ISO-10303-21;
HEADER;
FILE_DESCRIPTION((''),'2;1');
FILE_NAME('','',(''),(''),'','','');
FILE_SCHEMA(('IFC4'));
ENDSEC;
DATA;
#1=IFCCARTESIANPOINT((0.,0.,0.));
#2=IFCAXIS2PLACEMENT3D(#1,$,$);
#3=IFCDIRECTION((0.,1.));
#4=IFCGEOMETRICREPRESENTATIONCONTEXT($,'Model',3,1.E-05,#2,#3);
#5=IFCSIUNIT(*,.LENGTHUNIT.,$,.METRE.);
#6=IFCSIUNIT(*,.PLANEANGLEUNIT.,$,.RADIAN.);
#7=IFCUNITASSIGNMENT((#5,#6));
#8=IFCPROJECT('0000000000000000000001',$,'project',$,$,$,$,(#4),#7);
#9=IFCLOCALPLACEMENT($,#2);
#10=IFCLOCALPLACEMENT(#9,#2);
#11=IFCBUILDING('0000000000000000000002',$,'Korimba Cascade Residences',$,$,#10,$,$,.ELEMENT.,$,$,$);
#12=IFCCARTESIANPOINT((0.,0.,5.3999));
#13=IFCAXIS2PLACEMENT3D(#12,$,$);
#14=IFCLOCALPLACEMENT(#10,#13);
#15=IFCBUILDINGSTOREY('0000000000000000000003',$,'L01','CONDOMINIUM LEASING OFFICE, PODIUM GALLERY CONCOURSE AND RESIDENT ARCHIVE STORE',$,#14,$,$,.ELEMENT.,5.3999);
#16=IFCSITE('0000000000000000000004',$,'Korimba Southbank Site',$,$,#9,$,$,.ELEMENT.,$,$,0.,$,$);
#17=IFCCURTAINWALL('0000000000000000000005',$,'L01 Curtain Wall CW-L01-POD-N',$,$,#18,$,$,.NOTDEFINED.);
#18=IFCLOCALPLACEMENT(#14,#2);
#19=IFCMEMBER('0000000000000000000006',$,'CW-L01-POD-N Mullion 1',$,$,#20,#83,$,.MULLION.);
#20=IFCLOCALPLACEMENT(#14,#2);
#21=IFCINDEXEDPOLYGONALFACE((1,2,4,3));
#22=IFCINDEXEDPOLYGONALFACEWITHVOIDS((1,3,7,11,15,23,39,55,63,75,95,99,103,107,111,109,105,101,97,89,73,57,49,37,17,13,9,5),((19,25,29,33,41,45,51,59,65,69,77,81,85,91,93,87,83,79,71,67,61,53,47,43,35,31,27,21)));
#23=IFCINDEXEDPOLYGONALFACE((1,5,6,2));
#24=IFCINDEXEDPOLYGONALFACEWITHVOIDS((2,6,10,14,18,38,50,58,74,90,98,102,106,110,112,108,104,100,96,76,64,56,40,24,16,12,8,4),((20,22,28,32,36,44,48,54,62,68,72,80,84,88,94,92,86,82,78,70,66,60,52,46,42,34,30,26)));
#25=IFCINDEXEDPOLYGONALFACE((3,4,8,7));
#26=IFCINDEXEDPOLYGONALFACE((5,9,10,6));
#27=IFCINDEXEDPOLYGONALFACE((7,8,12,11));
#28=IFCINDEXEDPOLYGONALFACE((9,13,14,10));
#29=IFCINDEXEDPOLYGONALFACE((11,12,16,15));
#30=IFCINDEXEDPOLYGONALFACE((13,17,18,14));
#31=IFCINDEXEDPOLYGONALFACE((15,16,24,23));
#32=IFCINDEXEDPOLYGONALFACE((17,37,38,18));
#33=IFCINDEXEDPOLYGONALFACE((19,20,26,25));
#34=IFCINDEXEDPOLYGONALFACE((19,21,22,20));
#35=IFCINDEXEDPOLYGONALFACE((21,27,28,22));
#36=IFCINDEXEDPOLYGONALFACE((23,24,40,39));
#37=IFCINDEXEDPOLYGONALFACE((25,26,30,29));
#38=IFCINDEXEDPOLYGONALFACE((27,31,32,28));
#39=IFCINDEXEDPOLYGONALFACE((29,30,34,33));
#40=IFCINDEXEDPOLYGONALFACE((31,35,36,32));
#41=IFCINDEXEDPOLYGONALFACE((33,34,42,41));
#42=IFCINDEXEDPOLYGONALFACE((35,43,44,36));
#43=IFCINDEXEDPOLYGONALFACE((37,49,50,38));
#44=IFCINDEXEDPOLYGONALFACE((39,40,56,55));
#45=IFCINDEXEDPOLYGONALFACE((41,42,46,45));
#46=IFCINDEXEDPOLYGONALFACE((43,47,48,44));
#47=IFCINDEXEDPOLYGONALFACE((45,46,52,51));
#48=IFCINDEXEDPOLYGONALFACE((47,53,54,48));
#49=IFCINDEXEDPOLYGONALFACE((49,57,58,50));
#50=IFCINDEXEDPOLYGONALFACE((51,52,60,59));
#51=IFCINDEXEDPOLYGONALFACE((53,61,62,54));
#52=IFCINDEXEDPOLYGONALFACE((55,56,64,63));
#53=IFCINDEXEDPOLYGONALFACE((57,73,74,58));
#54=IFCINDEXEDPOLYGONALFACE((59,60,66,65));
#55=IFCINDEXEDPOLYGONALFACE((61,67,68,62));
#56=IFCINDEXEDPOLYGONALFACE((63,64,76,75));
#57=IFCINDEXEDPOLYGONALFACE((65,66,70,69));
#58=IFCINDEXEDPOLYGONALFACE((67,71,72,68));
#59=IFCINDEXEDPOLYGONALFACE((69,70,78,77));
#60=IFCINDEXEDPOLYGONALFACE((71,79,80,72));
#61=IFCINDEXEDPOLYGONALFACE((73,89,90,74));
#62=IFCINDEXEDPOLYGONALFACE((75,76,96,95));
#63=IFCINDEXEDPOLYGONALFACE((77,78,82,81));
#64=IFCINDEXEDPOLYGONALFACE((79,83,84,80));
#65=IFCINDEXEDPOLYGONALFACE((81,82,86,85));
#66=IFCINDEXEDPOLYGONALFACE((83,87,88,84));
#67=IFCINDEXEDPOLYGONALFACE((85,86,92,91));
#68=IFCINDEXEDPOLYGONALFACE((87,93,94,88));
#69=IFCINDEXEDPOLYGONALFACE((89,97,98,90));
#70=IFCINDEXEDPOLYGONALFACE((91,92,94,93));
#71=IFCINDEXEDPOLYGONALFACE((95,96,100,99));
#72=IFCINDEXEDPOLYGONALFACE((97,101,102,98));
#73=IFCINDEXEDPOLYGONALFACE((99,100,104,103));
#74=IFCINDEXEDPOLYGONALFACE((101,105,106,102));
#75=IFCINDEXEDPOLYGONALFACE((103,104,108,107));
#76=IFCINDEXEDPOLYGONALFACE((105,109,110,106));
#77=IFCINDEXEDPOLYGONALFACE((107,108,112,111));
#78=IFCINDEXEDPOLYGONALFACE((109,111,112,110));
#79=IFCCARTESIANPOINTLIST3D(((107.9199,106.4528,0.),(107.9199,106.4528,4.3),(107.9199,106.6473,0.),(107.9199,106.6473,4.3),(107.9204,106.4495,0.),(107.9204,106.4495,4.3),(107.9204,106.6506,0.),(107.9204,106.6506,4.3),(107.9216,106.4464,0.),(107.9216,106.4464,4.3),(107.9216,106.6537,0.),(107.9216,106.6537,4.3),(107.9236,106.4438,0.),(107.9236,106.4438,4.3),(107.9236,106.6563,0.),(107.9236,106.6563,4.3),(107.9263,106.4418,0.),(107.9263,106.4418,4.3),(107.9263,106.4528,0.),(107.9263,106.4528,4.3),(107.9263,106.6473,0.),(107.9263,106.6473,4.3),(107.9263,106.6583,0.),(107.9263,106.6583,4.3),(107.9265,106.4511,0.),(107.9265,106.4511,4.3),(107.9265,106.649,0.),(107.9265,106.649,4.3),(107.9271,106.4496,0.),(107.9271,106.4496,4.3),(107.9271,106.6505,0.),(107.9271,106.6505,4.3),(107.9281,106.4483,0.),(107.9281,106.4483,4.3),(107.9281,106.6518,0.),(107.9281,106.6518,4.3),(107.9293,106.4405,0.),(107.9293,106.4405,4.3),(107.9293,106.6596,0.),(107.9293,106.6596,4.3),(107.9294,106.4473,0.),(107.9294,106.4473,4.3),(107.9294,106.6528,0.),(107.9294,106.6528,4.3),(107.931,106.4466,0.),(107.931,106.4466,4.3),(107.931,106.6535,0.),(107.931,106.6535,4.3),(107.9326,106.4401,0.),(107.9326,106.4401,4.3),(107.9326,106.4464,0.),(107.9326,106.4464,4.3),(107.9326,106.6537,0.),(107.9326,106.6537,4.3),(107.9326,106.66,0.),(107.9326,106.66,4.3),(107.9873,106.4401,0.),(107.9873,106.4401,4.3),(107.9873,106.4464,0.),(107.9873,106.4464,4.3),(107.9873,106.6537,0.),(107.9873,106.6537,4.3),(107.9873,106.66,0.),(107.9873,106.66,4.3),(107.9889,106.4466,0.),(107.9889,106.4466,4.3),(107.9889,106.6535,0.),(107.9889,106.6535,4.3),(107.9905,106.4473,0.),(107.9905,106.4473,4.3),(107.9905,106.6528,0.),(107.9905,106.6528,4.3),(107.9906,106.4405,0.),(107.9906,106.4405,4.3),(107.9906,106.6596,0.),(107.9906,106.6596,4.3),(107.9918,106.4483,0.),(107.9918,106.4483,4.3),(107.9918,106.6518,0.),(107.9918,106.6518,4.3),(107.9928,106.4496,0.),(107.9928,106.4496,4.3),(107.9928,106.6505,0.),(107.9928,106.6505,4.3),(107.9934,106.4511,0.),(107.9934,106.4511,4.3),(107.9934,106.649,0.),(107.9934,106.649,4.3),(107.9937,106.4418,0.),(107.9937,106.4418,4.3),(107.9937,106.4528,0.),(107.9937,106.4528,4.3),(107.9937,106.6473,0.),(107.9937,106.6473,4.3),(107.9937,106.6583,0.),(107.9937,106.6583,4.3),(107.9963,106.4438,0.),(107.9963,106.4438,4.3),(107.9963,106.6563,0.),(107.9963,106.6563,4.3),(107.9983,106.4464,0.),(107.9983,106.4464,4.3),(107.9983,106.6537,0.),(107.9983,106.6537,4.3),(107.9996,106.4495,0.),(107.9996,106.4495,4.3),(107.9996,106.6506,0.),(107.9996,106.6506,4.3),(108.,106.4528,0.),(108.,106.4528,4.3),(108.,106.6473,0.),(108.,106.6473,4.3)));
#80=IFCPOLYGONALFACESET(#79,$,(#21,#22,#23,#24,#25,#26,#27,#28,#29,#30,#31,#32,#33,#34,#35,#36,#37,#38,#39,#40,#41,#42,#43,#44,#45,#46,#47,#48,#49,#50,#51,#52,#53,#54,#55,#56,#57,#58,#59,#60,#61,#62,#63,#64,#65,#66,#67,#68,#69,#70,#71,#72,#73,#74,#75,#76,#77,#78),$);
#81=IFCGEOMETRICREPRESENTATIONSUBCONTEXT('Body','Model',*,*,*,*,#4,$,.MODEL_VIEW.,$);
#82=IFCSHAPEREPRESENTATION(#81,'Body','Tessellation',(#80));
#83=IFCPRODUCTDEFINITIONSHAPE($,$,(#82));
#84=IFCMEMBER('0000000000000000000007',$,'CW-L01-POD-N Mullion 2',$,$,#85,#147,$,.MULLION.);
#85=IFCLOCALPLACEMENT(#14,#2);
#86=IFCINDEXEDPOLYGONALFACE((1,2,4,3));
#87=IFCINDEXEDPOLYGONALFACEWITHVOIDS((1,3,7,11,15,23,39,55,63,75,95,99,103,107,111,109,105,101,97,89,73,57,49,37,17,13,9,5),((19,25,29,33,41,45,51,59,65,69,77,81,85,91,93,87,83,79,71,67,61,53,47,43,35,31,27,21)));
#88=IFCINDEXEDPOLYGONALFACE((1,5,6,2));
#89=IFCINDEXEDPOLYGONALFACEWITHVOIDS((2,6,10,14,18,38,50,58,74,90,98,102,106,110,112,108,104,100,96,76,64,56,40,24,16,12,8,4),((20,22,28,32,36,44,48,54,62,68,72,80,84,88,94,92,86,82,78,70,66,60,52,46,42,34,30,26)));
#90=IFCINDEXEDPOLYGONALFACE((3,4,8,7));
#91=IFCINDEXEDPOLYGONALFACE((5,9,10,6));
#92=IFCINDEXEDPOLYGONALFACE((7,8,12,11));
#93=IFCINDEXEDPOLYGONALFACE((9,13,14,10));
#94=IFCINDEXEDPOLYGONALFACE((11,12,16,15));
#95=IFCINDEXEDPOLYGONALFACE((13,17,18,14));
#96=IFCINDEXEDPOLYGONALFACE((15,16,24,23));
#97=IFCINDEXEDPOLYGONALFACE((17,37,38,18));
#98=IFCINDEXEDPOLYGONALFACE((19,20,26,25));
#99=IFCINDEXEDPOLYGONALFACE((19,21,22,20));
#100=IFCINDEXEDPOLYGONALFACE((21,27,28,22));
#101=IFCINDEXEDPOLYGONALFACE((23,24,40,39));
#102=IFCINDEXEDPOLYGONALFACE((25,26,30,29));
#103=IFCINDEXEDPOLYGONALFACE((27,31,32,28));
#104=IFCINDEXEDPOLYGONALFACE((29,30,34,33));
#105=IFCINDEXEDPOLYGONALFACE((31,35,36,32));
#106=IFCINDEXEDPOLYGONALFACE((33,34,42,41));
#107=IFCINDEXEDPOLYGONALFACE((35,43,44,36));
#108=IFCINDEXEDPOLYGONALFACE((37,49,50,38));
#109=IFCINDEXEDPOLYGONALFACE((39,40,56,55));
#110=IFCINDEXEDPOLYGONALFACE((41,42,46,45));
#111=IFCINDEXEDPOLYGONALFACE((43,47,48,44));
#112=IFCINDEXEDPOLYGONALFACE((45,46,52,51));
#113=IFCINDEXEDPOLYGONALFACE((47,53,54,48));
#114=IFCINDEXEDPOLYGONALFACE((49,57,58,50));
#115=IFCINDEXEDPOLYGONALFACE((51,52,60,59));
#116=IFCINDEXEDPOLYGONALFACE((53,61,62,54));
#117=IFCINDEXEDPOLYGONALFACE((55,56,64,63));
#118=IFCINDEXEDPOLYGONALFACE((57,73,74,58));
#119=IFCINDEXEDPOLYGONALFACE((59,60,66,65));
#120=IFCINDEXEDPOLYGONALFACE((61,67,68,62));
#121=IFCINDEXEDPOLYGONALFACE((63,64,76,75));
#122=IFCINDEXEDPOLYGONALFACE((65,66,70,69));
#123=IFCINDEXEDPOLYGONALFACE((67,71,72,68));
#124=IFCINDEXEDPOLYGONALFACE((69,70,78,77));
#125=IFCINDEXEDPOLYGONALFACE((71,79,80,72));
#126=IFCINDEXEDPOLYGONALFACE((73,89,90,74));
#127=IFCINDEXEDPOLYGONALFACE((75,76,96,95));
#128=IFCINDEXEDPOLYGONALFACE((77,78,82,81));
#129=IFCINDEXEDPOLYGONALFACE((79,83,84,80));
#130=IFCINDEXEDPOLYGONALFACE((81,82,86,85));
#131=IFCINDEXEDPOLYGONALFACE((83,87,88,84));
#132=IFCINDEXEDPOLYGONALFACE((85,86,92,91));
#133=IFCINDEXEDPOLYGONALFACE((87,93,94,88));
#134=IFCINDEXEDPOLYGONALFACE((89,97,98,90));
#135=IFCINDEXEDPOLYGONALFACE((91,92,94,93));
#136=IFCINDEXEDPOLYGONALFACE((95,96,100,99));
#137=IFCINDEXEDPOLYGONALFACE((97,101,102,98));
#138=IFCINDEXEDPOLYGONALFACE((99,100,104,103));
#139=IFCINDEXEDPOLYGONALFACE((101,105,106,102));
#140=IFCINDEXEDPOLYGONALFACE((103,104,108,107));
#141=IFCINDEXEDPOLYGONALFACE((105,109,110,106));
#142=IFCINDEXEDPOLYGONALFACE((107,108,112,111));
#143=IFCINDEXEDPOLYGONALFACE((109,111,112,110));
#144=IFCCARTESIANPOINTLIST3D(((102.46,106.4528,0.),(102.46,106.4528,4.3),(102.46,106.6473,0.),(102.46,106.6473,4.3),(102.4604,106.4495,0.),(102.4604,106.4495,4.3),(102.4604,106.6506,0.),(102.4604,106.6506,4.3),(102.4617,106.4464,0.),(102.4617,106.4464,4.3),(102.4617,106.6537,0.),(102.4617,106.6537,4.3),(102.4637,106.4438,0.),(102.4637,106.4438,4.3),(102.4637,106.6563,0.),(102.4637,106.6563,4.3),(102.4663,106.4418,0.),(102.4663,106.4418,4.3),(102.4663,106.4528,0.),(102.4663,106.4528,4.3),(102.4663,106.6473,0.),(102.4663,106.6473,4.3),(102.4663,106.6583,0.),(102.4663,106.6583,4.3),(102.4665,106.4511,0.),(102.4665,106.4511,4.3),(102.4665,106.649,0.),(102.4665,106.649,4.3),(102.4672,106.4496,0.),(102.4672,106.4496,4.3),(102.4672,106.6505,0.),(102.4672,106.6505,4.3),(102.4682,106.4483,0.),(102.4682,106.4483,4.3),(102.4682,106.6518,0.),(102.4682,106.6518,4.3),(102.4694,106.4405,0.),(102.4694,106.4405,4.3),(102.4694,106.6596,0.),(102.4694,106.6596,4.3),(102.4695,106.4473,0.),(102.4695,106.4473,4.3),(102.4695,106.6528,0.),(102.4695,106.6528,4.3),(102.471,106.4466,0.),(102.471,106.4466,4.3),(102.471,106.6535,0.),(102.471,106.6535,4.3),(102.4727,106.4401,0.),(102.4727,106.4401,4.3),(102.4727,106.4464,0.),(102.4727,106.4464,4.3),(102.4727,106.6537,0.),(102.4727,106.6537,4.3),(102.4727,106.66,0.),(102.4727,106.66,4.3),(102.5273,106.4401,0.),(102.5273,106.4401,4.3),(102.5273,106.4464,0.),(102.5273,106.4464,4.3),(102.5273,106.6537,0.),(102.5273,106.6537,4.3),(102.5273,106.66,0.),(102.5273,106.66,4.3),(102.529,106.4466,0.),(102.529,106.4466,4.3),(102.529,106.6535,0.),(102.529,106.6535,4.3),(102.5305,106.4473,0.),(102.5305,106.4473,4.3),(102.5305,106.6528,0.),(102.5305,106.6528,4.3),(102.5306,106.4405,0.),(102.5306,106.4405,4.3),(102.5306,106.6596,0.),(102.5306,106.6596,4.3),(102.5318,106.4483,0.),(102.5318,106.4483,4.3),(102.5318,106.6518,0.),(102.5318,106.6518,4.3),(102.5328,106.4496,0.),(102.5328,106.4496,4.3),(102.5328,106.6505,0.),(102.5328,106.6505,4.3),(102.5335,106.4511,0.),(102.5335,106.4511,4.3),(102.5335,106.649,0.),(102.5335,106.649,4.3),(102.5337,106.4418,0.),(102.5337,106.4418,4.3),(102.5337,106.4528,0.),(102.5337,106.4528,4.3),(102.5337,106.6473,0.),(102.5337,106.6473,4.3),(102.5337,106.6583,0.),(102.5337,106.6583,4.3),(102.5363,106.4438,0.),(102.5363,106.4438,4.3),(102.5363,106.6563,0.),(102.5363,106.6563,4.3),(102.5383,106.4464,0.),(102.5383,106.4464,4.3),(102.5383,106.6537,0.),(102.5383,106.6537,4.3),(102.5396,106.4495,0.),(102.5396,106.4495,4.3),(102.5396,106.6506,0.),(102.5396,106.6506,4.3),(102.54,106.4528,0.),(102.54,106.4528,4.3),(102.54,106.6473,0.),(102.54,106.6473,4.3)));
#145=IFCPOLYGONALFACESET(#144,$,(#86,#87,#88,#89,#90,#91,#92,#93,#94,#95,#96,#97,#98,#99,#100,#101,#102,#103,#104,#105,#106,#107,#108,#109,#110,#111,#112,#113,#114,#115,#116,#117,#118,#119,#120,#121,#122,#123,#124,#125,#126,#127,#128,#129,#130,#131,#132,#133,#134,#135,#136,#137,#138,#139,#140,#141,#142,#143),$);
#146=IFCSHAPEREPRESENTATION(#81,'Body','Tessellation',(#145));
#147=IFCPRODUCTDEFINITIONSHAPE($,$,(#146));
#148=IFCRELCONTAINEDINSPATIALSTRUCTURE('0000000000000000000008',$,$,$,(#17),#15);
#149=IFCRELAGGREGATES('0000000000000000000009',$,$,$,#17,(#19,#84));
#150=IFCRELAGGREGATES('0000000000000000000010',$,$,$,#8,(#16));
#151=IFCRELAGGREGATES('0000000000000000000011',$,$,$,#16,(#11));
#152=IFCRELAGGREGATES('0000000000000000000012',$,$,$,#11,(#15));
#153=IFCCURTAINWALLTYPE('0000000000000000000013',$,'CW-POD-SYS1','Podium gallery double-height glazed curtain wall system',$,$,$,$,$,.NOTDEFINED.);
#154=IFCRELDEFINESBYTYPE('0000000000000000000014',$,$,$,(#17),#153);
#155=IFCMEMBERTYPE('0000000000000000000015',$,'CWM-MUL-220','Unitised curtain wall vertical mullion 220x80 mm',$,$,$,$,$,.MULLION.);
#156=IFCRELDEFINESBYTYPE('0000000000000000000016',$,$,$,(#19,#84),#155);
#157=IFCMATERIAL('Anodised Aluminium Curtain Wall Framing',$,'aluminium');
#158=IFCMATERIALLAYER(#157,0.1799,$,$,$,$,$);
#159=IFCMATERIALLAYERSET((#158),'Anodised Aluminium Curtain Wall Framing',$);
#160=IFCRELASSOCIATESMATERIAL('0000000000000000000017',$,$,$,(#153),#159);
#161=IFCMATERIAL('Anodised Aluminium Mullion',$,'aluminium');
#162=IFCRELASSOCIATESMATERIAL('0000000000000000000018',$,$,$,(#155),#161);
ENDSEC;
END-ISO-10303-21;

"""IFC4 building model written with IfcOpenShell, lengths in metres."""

from ifc_helpers import new_model, si_unit, direction, frame, origin, origin_2d, place, context, subcontext, project, spatial, hollow_rectangle, extrude, material, layer, layer_set, material_profile, profile_set, type_object, element, aggregate, save


model = new_model("IFC4")

# Units and contexts
model_context = context("Model", 3, precision=1e-05, world=origin(), true_north=direction((0.0, 1.0)))
body_context = subcontext(model_context, "Body", "Model", "MODEL_VIEW")
ifc_project = project(units=[si_unit("LENGTHUNIT", "METRE"), si_unit("PLANEANGLEUNIT", "RADIAN")], contexts=[model_context])

# Site, building, storey
site_placement = place(None, origin())
site = spatial("IfcSite", under=ifc_project, at=site_placement, Name="Korimba Southbank Site", CompositionType="ELEMENT", RefElevation=0.0)
building_placement = place(site_placement, origin())
building = spatial("IfcBuilding", under=site, at=building_placement, Name="Korimba Cascade Residences", CompositionType="ELEMENT")
storey_placement = place(building_placement, frame((0.0, 0.0, 5.3999)))
storey = spatial("IfcBuildingStorey", under=building, at=storey_placement, Name="L01", Description="CONDOMINIUM LEASING OFFICE, PODIUM GALLERY CONCOURSE AND RESIDENT ARCHIVE STORE", CompositionType="ELEMENT", Elevation=5.3999)

# Curtain wall, members
ifc_material_1 = material(Name="Anodised Aluminium Curtain Wall Framing", Category="aluminium")
ifc_layer_1 = layer(ifc_material_1, 0.1799)
ifc_layer_set_1 = layer_set([ifc_layer_1], Name="Anodised Aluminium Curtain Wall Framing")
curtain_wall_type = type_object("IfcCurtainWallType", Name="CW-POD-SYS1", Description="Podium gallery double-height glazed curtain wall system", PredefinedType="NOTDEFINED", material=ifc_layer_set_1)
curtain_wall_placement = place(storey_placement, origin())
curtain_wall = element("IfcCurtainWall", 1, at=curtain_wall_placement, inside=storey, type_object=curtain_wall_type, Name="L01 Curtain Wall CW-L01-POD-N", PredefinedType="NOTDEFINED")
ifc_material_2 = material(Name="Anodised Aluminium Mullion", Category="aluminium")
ifc_material_profile_1 = material_profile(ifc_material_2, hollow_rectangle(XDim=0.0801, YDim=0.22, WallThickness=0.0063, InnerFilletRadius=0.0063, OuterFilletRadius=0.0127, at=origin_2d()), Name="Anodised Aluminium Mullion")
ifc_profile_set_1 = profile_set([ifc_material_profile_1], Name="Anodised Aluminium Mullion")
member_type_1 = type_object("IfcMemberType", Name="CWM-MUL-220", Description="Unitised curtain wall vertical mullion 220x80 mm", PredefinedType="MULLION", material=ifc_profile_set_1)
member_1_placement = place(storey_placement, frame((107.96, 106.55, 0.0), z_axis=(0.0, 0.0, 1.0), x_axis=(-1.0, 0.0, 0.0)))
member_1 = element("IfcMember", 2, at=member_1_placement, type_object=member_type_1, Name="CW-L01-POD-N Mullion 1", PredefinedType="MULLION", context=body_context, shape_type="SweptSolid", body=[
    extrude(hollow_rectangle(XDim=0.0801, YDim=0.22, WallThickness=0.0063, InnerFilletRadius=0.0063, OuterFilletRadius=0.0127, at=origin_2d()), origin(), (0.0, 0.0, 1.0), 4.3),
])
member_2_placement = place(storey_placement, frame((102.5, 106.55, 0.0), z_axis=(0.0, 0.0, 1.0), x_axis=(-1.0, 0.0, 0.0)))
member_2 = element("IfcMember", 3, at=member_2_placement, type_object=member_type_1, Name="CW-L01-POD-N Mullion 2", PredefinedType="MULLION", context=body_context, shape_type="SweptSolid", body=[
    extrude(hollow_rectangle(XDim=0.0801, YDim=0.22, WallThickness=0.0063, InnerFilletRadius=0.0063, OuterFilletRadius=0.0127, at=origin_2d()), origin(), (0.0, 0.0, 1.0), 4.3),
])
aggregate(curtain_wall, [member_1, member_2])

save(model, "model.ifc")
